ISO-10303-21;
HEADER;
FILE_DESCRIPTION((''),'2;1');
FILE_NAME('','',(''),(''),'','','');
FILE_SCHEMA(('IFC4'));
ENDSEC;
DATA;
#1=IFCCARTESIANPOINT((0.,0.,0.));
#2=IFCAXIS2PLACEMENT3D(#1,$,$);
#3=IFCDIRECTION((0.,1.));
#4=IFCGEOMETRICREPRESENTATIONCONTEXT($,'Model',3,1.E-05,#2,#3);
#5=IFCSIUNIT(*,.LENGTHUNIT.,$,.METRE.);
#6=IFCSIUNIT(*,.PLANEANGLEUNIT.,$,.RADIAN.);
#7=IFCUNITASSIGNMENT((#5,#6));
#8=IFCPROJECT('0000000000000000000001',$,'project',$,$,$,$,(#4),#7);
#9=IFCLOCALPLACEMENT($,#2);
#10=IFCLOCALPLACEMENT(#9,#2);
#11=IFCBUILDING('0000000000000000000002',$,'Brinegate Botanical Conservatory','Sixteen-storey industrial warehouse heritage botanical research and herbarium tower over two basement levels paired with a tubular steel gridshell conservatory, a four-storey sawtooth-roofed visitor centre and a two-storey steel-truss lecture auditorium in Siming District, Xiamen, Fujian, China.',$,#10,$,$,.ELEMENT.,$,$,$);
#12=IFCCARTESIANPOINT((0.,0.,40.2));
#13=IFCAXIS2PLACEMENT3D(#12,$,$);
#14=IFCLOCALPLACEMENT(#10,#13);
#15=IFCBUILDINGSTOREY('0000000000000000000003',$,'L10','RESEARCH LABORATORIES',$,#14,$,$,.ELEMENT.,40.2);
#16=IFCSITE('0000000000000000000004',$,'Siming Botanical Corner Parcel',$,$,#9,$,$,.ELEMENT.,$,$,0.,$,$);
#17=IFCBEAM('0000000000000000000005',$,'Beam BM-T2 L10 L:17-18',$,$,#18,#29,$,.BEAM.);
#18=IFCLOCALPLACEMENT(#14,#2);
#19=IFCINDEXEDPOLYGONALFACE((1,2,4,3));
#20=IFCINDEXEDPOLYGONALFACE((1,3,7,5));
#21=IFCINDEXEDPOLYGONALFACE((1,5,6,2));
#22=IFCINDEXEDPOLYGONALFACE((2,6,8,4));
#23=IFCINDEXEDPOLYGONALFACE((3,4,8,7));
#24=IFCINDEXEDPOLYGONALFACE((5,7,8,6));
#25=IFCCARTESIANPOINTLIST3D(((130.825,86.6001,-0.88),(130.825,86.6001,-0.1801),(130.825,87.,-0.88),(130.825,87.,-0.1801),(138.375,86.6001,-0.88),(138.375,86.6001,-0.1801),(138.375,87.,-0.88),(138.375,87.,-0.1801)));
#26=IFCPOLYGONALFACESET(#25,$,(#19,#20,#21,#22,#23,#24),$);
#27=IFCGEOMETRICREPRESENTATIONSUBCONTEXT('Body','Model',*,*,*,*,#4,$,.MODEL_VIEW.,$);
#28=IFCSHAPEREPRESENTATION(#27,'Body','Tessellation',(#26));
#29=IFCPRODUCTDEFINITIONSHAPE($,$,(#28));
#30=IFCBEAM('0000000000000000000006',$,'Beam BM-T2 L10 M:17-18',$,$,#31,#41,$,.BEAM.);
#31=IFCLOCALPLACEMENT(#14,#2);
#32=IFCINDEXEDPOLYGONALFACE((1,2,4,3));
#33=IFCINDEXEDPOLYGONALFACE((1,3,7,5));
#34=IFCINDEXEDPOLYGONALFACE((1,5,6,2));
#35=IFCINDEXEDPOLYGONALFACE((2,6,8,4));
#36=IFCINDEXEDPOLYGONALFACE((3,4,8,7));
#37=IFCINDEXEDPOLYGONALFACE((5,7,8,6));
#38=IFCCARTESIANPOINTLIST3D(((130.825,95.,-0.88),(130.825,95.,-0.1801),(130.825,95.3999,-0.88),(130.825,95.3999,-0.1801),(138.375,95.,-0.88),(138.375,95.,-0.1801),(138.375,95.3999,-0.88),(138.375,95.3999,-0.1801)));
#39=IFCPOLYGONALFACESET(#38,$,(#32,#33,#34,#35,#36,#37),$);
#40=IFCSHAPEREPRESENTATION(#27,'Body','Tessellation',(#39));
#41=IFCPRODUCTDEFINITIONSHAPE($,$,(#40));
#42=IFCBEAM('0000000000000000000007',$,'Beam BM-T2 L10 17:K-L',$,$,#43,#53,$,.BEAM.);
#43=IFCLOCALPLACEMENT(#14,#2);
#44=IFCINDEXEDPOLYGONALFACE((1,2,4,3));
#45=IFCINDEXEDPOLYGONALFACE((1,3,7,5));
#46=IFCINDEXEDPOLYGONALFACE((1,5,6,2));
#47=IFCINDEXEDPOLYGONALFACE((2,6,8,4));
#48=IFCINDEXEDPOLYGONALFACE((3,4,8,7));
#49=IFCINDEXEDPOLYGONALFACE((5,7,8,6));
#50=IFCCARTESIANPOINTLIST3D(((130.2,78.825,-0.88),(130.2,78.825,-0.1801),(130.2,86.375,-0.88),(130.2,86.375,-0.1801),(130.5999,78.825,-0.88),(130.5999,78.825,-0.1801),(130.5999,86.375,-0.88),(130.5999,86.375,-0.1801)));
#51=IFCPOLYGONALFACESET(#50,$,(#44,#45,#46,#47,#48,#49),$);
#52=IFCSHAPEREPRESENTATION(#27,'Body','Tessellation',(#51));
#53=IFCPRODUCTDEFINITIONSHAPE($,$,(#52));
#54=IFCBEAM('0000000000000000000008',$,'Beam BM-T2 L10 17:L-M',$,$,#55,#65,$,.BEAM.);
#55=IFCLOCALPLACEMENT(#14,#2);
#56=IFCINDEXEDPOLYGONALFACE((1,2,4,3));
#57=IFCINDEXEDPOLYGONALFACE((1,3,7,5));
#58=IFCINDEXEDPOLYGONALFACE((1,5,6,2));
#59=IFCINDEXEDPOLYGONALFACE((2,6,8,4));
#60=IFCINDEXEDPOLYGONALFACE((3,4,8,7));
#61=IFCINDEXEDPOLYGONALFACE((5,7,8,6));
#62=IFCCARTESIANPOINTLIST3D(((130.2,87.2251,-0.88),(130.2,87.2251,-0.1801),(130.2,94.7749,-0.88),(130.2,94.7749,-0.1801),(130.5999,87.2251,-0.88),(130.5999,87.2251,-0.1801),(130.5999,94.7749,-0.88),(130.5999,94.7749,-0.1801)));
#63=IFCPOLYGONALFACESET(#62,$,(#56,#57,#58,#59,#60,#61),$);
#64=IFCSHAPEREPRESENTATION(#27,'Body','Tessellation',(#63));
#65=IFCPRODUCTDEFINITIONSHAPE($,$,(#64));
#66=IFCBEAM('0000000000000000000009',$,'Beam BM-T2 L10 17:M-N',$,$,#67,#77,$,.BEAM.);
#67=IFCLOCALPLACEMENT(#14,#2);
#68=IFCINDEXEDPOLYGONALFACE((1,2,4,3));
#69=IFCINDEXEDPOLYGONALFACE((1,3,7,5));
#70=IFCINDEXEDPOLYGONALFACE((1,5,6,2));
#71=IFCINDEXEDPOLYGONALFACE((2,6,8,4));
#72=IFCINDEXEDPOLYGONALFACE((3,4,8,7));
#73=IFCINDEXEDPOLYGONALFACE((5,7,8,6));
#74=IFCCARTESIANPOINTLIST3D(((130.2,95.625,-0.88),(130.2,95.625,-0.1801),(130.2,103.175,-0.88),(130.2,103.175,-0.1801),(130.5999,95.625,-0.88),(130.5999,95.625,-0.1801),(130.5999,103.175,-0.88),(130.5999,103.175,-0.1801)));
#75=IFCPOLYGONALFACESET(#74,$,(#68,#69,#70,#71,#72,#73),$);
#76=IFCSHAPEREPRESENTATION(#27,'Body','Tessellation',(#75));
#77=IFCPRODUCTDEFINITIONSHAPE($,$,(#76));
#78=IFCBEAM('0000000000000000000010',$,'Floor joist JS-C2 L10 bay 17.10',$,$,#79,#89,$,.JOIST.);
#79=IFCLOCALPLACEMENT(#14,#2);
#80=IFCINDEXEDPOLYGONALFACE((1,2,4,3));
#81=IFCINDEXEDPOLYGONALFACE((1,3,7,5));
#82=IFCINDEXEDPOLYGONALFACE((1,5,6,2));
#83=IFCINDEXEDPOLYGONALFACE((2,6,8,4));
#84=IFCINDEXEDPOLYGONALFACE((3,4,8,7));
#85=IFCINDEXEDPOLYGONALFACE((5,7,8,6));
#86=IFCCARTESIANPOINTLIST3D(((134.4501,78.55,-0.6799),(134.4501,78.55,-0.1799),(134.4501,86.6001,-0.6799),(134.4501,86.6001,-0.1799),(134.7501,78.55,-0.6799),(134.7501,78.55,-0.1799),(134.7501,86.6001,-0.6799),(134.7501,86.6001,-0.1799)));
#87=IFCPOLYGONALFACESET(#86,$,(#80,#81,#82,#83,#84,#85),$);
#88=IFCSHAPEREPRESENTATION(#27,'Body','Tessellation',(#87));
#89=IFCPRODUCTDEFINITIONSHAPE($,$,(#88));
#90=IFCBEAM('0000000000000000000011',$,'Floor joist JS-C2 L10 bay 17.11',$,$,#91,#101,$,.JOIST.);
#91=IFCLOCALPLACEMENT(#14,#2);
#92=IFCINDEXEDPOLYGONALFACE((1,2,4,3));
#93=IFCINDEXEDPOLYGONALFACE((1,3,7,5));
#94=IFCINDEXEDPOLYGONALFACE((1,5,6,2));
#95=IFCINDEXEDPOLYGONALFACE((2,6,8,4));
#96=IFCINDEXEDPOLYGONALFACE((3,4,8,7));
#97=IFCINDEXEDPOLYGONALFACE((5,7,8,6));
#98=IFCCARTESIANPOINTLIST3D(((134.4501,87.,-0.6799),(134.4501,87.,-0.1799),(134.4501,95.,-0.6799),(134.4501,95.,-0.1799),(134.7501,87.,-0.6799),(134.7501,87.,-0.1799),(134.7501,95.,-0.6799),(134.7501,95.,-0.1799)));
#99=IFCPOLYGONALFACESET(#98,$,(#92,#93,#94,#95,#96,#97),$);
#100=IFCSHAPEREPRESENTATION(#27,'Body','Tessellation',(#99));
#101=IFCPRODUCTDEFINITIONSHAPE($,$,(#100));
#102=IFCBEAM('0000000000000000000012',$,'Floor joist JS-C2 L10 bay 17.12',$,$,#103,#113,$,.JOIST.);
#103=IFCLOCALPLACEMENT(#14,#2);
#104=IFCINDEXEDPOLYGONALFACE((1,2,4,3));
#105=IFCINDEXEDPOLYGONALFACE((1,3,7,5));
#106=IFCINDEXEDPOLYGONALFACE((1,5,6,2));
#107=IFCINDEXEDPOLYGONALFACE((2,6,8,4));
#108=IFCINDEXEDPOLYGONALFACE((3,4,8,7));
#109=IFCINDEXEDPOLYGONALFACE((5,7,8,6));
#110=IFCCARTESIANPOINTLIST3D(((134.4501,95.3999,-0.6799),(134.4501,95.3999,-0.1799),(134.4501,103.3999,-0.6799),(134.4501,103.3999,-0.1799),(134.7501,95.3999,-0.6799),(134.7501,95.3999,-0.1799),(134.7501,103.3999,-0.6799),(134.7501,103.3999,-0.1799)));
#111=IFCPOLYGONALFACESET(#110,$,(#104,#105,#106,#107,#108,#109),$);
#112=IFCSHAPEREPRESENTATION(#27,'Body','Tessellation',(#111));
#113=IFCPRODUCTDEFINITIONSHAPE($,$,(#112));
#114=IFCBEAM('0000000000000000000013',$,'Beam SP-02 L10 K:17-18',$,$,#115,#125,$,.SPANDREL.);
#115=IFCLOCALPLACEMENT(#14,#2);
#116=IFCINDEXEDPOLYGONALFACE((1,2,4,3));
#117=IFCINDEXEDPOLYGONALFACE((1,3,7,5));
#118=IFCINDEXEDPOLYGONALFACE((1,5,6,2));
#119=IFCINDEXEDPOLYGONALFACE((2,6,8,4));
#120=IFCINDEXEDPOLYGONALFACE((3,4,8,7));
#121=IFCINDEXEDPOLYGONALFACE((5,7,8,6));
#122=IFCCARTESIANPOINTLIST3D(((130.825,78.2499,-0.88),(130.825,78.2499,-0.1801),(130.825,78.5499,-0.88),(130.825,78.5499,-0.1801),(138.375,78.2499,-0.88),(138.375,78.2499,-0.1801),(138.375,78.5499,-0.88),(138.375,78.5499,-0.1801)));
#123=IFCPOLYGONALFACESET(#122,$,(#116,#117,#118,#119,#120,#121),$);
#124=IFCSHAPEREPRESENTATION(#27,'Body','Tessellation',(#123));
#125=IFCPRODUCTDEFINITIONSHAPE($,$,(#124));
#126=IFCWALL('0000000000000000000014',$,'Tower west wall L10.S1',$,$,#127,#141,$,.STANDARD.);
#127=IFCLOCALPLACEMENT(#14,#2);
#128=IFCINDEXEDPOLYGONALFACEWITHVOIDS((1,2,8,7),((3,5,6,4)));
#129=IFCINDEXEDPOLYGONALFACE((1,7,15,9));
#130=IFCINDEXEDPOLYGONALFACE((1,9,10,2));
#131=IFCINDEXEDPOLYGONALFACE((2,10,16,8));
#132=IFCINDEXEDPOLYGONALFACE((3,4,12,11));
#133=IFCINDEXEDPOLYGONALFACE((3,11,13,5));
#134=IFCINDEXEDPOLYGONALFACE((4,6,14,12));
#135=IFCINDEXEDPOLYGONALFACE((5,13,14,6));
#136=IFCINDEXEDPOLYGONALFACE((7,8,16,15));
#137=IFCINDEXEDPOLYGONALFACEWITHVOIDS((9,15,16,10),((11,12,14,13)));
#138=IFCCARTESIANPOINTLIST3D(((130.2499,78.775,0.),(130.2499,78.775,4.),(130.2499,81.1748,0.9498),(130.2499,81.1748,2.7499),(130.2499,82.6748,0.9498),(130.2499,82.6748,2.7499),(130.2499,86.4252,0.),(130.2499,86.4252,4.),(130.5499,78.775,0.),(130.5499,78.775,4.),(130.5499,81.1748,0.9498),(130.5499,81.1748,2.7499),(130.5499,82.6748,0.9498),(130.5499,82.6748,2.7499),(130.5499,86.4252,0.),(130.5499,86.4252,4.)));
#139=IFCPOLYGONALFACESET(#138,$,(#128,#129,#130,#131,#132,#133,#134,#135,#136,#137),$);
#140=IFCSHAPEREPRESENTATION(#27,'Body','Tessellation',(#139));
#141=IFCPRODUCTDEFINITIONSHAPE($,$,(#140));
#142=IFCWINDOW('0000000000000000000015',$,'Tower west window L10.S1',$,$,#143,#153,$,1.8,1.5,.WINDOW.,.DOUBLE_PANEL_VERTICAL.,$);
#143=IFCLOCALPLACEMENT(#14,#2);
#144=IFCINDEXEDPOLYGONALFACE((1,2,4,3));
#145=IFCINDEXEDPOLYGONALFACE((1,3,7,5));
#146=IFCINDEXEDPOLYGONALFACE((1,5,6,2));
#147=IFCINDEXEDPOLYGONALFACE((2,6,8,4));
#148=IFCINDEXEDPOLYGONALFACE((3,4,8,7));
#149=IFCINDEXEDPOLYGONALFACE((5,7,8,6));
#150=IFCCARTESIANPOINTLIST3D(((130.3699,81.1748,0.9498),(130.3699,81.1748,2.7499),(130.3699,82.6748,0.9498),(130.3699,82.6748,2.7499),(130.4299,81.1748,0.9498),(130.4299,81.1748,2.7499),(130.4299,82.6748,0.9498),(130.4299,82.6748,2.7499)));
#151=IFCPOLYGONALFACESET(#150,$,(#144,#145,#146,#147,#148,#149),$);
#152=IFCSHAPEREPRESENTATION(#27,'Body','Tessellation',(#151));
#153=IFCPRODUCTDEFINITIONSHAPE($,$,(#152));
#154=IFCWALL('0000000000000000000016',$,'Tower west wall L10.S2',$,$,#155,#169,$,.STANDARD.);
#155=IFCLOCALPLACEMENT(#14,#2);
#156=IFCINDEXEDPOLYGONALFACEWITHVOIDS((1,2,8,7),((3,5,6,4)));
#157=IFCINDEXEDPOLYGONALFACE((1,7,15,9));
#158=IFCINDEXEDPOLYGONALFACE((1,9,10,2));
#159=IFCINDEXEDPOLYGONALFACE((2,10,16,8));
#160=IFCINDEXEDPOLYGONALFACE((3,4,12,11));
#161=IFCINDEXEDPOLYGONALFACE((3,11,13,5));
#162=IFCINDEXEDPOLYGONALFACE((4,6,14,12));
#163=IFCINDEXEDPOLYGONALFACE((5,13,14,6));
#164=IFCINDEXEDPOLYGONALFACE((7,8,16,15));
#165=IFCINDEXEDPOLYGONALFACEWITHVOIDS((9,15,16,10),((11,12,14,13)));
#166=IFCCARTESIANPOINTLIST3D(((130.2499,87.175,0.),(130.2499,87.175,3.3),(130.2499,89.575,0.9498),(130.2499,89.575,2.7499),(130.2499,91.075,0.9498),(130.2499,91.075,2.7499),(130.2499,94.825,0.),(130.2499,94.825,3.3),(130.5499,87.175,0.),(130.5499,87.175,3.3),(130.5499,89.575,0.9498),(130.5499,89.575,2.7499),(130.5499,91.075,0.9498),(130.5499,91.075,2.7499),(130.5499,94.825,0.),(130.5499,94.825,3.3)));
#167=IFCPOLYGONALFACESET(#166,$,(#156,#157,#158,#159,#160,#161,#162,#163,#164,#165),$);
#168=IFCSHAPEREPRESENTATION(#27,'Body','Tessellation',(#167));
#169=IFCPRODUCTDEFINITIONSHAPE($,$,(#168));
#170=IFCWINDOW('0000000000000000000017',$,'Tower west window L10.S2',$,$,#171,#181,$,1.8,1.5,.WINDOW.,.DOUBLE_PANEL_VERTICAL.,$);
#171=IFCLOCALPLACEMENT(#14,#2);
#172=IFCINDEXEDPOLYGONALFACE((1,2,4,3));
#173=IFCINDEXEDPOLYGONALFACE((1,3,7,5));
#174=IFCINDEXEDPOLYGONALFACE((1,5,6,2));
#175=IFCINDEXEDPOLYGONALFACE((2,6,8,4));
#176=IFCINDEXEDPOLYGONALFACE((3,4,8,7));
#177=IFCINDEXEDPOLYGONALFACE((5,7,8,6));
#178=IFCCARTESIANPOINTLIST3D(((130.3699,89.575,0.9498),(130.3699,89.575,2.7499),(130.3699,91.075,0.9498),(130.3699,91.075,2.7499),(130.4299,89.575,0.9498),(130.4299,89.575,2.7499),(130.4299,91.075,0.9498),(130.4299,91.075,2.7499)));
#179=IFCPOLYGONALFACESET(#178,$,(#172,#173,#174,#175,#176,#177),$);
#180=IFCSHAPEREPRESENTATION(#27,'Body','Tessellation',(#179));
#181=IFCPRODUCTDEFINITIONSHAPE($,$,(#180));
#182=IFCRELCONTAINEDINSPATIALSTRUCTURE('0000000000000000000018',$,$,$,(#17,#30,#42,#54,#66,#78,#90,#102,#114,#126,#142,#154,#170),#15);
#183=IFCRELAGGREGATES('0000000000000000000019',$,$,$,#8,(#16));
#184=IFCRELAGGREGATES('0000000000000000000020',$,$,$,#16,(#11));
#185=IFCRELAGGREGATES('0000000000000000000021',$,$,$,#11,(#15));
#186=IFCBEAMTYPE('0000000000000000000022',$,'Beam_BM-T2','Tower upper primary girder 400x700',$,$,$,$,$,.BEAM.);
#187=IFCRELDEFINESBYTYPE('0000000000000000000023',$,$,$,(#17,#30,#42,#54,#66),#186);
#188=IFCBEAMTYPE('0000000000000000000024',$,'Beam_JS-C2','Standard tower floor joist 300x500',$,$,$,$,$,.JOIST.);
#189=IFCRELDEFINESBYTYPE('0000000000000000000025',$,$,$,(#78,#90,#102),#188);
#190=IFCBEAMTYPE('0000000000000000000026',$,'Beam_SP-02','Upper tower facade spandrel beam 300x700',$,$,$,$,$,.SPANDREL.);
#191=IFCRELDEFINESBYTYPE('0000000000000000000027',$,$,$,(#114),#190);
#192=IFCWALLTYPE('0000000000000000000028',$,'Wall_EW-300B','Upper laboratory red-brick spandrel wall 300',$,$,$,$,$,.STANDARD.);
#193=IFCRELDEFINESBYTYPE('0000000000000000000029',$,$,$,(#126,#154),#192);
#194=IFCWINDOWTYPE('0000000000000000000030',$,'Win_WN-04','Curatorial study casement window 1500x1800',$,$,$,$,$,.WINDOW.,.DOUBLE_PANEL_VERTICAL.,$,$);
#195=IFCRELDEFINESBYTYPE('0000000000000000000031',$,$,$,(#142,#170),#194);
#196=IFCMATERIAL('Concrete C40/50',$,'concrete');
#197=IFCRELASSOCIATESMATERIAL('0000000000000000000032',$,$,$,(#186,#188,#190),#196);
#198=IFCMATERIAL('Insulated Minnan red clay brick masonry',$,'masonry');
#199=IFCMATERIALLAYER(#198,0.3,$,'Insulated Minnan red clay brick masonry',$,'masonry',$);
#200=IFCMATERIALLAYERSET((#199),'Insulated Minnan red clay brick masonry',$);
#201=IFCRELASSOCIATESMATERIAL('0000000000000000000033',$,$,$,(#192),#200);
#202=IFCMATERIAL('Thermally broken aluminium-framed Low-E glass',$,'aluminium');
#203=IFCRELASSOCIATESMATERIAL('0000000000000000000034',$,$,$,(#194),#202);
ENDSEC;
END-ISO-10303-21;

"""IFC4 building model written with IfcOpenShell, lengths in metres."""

from ifc_helpers import new_model, si_unit, direction, frame, frame_2d, origin, origin_2d, place, context, subcontext, project, spatial, rectangle, extrude, material, layer, layer_set, material_profile, profile_set, type_object, element, fill, save


model = new_model("IFC4")

# Units and contexts
model_context = context("Model", 3, precision=1e-05, world=origin(), true_north=direction((0.0, 1.0)))
body_context = subcontext(model_context, "Body", "Model", "MODEL_VIEW")
ifc_project = project(units=[si_unit("LENGTHUNIT", "METRE"), si_unit("PLANEANGLEUNIT", "RADIAN")], contexts=[model_context])

# Site, building, storey
site_placement = place(None, origin())
site = spatial("IfcSite", under=ifc_project, at=site_placement, Name="Siming Botanical Corner Parcel", CompositionType="ELEMENT", RefElevation=0.0)
building_placement = place(site_placement, origin())
building = spatial("IfcBuilding", under=site, at=building_placement, Name="Brinegate Botanical Conservatory", Description="Sixteen-storey industrial warehouse heritage botanical research and herbarium tower over two basement levels paired with a tubular steel gridshell conservatory, a four-storey sawtooth-roofed visitor centre and a two-storey steel-truss lecture auditorium in Siming District, Xiamen, Fujian, China.", CompositionType="ELEMENT")
storey_placement = place(building_placement, frame((0.0, 0.0, 40.2)))
storey = spatial("IfcBuildingStorey", under=building, at=storey_placement, Name="L10", Description="RESEARCH LABORATORIES", CompositionType="ELEMENT", Elevation=40.2)

# Beams
ifc_material_1 = material(Name="Concrete C40/50", Category="concrete")
ifc_material_profile_1 = material_profile(ifc_material_1, rectangle(XDim=0.3999, YDim=0.7, at=origin_2d()), Name="RC BM 400x700")
ifc_profile_set_1 = profile_set([ifc_material_profile_1], Name="Concrete C40/50")
beam_type_1 = type_object("IfcBeamType", Name="Beam_BM-T2", Description="Tower upper primary girder 400x700", PredefinedType="BEAM", material=ifc_profile_set_1)
for number, where, z_axis, x_axis, name in (
    (1, (130.825, 86.8, -0.53), (1.0, 0.0, 0.0), (0.0, 1.0, 0.0), "Beam BM-T2 L10 L:17-18"),
    (2, (130.825, 95.2, -0.53), (1.0, 0.0, 0.0), (0.0, 1.0, 0.0), "Beam BM-T2 L10 M:17-18"),
    (3, (130.3999, 78.825, -0.53), (0.0, 1.0, 0.0), (-1.0, 0.0, 0.0), "Beam BM-T2 L10 17:K-L"),
):
    element("IfcBeam", number, at=place(storey_placement, frame(where, z_axis=z_axis, x_axis=x_axis)), inside=storey, type_object=beam_type_1, Name=name, PredefinedType="BEAM", context=body_context, shape_type="SweptSolid", body=[
        extrude(rectangle(XDim=0.3999, YDim=0.7, at=origin_2d()), origin(), (0.0, 0.0, 1.0), 7.55),
    ])
beam_1_placement = place(storey_placement, frame((130.3999, 87.2251, -0.53), z_axis=(0.0, 1.0, 0.0), x_axis=(-1.0, 0.0, 0.0)))
element("IfcBeam", 4, at=beam_1_placement, inside=storey, type_object=beam_type_1, Name="Beam BM-T2 L10 17:L-M", PredefinedType="BEAM", context=body_context, shape_type="SweptSolid", body=[
    extrude(rectangle(XDim=0.3999, YDim=0.7, at=origin_2d()), origin(), (0.0, 0.0, 1.0), 7.5498),
])
beam_2_placement = place(storey_placement, frame((130.3999, 95.625, -0.53), z_axis=(0.0, 1.0, 0.0), x_axis=(-1.0, 0.0, 0.0)))
element("IfcBeam", 5, at=beam_2_placement, inside=storey, type_object=beam_type_1, Name="Beam BM-T2 L10 17:M-N", PredefinedType="BEAM", context=body_context, shape_type="SweptSolid", body=[
    extrude(rectangle(XDim=0.3999, YDim=0.7, at=origin_2d()), origin(), (0.0, 0.0, 1.0), 7.55),
])
ifc_material_profile_2 = material_profile(ifc_material_1, rectangle(XDim=0.3, YDim=0.5, at=origin_2d()), Name="RC JST 300x500")
ifc_profile_set_2 = profile_set([ifc_material_profile_2], Name="Concrete C40/50")
beam_type_2 = type_object("IfcBeamType", Name="Beam_JS-C2", Description="Standard tower floor joist 300x500", PredefinedType="JOIST", material=ifc_profile_set_2)
beam_3_placement = place(storey_placement, frame((134.6001, 78.55, -0.4299), z_axis=(0.0, 1.0, 0.0), x_axis=(-1.0, 0.0, 0.0)))
element("IfcBeam", 6, at=beam_3_placement, inside=storey, type_object=beam_type_2, Name="Floor joist JS-C2 L10 bay 17.10", PredefinedType="JOIST", context=body_context, shape_type="SweptSolid", body=[
    extrude(rectangle(XDim=0.3, YDim=0.5, at=origin_2d()), origin(), (0.0, 0.0, 1.0), 8.05),
])
for number, where, z_axis, x_axis, name in (
    (7, (134.6001, 87.0, -0.4299), (0.0, 1.0, 0.0), (-1.0, 0.0, 0.0), "Floor joist JS-C2 L10 bay 17.11"),
    (8, (134.6001, 95.3999, -0.4299), (0.0, 1.0, 0.0), (-1.0, 0.0, 0.0), "Floor joist JS-C2 L10 bay 17.12"),
):
    element("IfcBeam", number, at=place(storey_placement, frame(where, z_axis=z_axis, x_axis=x_axis)), inside=storey, type_object=beam_type_2, Name=name, PredefinedType="JOIST", context=body_context, shape_type="SweptSolid", body=[
        extrude(rectangle(XDim=0.3, YDim=0.5, at=origin_2d()), origin(), (0.0, 0.0, 1.0), 8.0),
    ])
ifc_material_profile_3 = material_profile(ifc_material_1, rectangle(XDim=0.3, YDim=0.7, at=origin_2d()), Name="RC SPN 300x700")
ifc_profile_set_3 = profile_set([ifc_material_profile_3], Name="Concrete C40/50")
beam_type_3 = type_object("IfcBeamType", Name="Beam_SP-02", Description="Upper tower facade spandrel beam 300x700", PredefinedType="SPANDREL", material=ifc_profile_set_3)
beam_4_placement = place(storey_placement, frame((130.825, 78.3999, -0.53), z_axis=(1.0, 0.0, 0.0), x_axis=(0.0, 1.0, 0.0)))
element("IfcBeam", 9, at=beam_4_placement, inside=storey, type_object=beam_type_3, Name="Beam SP-02 L10 K:17-18", PredefinedType="SPANDREL", context=body_context, shape_type="SweptSolid", body=[
    extrude(rectangle(XDim=0.3, YDim=0.7, at=origin_2d()), origin(), (0.0, 0.0, 1.0), 7.55),
])

# Walls, openings, windows
ifc_material_2 = material(Name="Insulated Minnan red clay brick masonry", Category="masonry")
ifc_layer_1 = layer(ifc_material_2, 0.3, Name="Insulated Minnan red clay brick masonry", Category="masonry")
ifc_layer_set_1 = layer_set([ifc_layer_1], Name="Insulated Minnan red clay brick masonry")
wall_type_1 = type_object("IfcWallType", Name="Wall_EW-300B", Description="Upper laboratory red-brick spandrel wall 300", PredefinedType="STANDARD", material=ifc_layer_set_1)
wall_1_placement = place(storey_placement, frame((130.3999, 78.7749, 0.0), z_axis=(0.0, 0.0, 1.0), x_axis=(0.0, 1.0, 0.0)))
wall_1 = element("IfcWall", 10, at=wall_1_placement, inside=storey, type_object=wall_type_1, Name="Tower west wall L10.S1", PredefinedType="STANDARD", context=body_context, shape_type="SweptSolid", body=[
    extrude(rectangle(XDim=7.6501, YDim=0.3, at=frame_2d((3.8252, 0.0))), origin(), (0.0, 0.0, 1.0), 4.0),
])
opening_1_placement = place(wall_1_placement, frame((2.3999, 0.0, 0.95)))
opening_1 = element("IfcOpeningElement", 11, at=opening_1_placement, cuts=wall_1, PredefinedType="OPENING", context=body_context, shape_type="SweptSolid", body=[
    extrude(rectangle(XDim=1.5, YDim=1.8, at=frame_2d((0.75, 0.8999))), frame((0.0, 0.1599, 0.0), z_axis=(0.0, -1.0, 0.0), x_axis=(1.0, 0.0, 0.0)), (0.0, 0.0, 1.0), 0.3201),
])
ifc_material_3 = material(Name="Thermally broken aluminium-framed Low-E glass", Category="aluminium")
window_type_1 = type_object("IfcWindowType", Name="Win_WN-04", Description="Curatorial study casement window 1500x1800", PartitioningType="DOUBLE_PANEL_VERTICAL", PredefinedType="WINDOW", material=ifc_material_3)
window_1_placement = place(opening_1_placement, origin())
window_1 = element("IfcWindow", 12, at=window_1_placement, inside=storey, type_object=window_type_1, Name="Tower west window L10.S1", OverallHeight=1.8, OverallWidth=1.5, PartitioningType="DOUBLE_PANEL_VERTICAL", PredefinedType="WINDOW", context=body_context, shape_type="SweptSolid", body=[
    extrude(rectangle(XDim=1.5, YDim=1.8, at=frame_2d((0.75, 0.8999))), frame((0.0, 0.03, 0.0), z_axis=(0.0, -1.0, 0.0), x_axis=(1.0, 0.0, 0.0)), (0.0, 0.0, 1.0), 0.0601),
])
fill(opening_1, window_1)
wall_2_placement = place(storey_placement, frame((130.3999, 87.175, 0.0), z_axis=(0.0, 0.0, 1.0), x_axis=(0.0, 1.0, 0.0)))
wall_2 = element("IfcWall", 13, at=wall_2_placement, inside=storey, type_object=wall_type_1, Name="Tower west wall L10.S2", PredefinedType="STANDARD", context=body_context, shape_type="SweptSolid", body=[
    extrude(rectangle(XDim=7.6499, YDim=0.3, at=frame_2d((3.825, 0.0))), origin(), (0.0, 0.0, 1.0), 3.3),
])
opening_2_placement = place(wall_2_placement, frame((2.3999, 0.0, 0.95)))
opening_2 = element("IfcOpeningElement", 14, at=opening_2_placement, cuts=wall_2, PredefinedType="OPENING", context=body_context, shape_type="SweptSolid", body=[
    extrude(rectangle(XDim=1.5, YDim=1.8, at=frame_2d((0.75, 0.8999))), frame((0.0, 0.1599, 0.0), z_axis=(0.0, -1.0, 0.0), x_axis=(1.0, 0.0, 0.0)), (0.0, 0.0, 1.0), 0.3201),
])
window_2_placement = place(opening_2_placement, origin())
window_2 = element("IfcWindow", 15, at=window_2_placement, inside=storey, type_object=window_type_1, Name="Tower west window L10.S2", OverallHeight=1.8, OverallWidth=1.5, PartitioningType="DOUBLE_PANEL_VERTICAL", PredefinedType="WINDOW", context=body_context, shape_type="SweptSolid", body=[
    extrude(rectangle(XDim=1.5, YDim=1.8, at=frame_2d((0.75, 0.8999))), frame((0.0, 0.03, 0.0), z_axis=(0.0, -1.0, 0.0), x_axis=(1.0, 0.0, 0.0)), (0.0, 0.0, 1.0), 0.0601),
])
fill(opening_2, window_2)

save(model, "model.ifc")
